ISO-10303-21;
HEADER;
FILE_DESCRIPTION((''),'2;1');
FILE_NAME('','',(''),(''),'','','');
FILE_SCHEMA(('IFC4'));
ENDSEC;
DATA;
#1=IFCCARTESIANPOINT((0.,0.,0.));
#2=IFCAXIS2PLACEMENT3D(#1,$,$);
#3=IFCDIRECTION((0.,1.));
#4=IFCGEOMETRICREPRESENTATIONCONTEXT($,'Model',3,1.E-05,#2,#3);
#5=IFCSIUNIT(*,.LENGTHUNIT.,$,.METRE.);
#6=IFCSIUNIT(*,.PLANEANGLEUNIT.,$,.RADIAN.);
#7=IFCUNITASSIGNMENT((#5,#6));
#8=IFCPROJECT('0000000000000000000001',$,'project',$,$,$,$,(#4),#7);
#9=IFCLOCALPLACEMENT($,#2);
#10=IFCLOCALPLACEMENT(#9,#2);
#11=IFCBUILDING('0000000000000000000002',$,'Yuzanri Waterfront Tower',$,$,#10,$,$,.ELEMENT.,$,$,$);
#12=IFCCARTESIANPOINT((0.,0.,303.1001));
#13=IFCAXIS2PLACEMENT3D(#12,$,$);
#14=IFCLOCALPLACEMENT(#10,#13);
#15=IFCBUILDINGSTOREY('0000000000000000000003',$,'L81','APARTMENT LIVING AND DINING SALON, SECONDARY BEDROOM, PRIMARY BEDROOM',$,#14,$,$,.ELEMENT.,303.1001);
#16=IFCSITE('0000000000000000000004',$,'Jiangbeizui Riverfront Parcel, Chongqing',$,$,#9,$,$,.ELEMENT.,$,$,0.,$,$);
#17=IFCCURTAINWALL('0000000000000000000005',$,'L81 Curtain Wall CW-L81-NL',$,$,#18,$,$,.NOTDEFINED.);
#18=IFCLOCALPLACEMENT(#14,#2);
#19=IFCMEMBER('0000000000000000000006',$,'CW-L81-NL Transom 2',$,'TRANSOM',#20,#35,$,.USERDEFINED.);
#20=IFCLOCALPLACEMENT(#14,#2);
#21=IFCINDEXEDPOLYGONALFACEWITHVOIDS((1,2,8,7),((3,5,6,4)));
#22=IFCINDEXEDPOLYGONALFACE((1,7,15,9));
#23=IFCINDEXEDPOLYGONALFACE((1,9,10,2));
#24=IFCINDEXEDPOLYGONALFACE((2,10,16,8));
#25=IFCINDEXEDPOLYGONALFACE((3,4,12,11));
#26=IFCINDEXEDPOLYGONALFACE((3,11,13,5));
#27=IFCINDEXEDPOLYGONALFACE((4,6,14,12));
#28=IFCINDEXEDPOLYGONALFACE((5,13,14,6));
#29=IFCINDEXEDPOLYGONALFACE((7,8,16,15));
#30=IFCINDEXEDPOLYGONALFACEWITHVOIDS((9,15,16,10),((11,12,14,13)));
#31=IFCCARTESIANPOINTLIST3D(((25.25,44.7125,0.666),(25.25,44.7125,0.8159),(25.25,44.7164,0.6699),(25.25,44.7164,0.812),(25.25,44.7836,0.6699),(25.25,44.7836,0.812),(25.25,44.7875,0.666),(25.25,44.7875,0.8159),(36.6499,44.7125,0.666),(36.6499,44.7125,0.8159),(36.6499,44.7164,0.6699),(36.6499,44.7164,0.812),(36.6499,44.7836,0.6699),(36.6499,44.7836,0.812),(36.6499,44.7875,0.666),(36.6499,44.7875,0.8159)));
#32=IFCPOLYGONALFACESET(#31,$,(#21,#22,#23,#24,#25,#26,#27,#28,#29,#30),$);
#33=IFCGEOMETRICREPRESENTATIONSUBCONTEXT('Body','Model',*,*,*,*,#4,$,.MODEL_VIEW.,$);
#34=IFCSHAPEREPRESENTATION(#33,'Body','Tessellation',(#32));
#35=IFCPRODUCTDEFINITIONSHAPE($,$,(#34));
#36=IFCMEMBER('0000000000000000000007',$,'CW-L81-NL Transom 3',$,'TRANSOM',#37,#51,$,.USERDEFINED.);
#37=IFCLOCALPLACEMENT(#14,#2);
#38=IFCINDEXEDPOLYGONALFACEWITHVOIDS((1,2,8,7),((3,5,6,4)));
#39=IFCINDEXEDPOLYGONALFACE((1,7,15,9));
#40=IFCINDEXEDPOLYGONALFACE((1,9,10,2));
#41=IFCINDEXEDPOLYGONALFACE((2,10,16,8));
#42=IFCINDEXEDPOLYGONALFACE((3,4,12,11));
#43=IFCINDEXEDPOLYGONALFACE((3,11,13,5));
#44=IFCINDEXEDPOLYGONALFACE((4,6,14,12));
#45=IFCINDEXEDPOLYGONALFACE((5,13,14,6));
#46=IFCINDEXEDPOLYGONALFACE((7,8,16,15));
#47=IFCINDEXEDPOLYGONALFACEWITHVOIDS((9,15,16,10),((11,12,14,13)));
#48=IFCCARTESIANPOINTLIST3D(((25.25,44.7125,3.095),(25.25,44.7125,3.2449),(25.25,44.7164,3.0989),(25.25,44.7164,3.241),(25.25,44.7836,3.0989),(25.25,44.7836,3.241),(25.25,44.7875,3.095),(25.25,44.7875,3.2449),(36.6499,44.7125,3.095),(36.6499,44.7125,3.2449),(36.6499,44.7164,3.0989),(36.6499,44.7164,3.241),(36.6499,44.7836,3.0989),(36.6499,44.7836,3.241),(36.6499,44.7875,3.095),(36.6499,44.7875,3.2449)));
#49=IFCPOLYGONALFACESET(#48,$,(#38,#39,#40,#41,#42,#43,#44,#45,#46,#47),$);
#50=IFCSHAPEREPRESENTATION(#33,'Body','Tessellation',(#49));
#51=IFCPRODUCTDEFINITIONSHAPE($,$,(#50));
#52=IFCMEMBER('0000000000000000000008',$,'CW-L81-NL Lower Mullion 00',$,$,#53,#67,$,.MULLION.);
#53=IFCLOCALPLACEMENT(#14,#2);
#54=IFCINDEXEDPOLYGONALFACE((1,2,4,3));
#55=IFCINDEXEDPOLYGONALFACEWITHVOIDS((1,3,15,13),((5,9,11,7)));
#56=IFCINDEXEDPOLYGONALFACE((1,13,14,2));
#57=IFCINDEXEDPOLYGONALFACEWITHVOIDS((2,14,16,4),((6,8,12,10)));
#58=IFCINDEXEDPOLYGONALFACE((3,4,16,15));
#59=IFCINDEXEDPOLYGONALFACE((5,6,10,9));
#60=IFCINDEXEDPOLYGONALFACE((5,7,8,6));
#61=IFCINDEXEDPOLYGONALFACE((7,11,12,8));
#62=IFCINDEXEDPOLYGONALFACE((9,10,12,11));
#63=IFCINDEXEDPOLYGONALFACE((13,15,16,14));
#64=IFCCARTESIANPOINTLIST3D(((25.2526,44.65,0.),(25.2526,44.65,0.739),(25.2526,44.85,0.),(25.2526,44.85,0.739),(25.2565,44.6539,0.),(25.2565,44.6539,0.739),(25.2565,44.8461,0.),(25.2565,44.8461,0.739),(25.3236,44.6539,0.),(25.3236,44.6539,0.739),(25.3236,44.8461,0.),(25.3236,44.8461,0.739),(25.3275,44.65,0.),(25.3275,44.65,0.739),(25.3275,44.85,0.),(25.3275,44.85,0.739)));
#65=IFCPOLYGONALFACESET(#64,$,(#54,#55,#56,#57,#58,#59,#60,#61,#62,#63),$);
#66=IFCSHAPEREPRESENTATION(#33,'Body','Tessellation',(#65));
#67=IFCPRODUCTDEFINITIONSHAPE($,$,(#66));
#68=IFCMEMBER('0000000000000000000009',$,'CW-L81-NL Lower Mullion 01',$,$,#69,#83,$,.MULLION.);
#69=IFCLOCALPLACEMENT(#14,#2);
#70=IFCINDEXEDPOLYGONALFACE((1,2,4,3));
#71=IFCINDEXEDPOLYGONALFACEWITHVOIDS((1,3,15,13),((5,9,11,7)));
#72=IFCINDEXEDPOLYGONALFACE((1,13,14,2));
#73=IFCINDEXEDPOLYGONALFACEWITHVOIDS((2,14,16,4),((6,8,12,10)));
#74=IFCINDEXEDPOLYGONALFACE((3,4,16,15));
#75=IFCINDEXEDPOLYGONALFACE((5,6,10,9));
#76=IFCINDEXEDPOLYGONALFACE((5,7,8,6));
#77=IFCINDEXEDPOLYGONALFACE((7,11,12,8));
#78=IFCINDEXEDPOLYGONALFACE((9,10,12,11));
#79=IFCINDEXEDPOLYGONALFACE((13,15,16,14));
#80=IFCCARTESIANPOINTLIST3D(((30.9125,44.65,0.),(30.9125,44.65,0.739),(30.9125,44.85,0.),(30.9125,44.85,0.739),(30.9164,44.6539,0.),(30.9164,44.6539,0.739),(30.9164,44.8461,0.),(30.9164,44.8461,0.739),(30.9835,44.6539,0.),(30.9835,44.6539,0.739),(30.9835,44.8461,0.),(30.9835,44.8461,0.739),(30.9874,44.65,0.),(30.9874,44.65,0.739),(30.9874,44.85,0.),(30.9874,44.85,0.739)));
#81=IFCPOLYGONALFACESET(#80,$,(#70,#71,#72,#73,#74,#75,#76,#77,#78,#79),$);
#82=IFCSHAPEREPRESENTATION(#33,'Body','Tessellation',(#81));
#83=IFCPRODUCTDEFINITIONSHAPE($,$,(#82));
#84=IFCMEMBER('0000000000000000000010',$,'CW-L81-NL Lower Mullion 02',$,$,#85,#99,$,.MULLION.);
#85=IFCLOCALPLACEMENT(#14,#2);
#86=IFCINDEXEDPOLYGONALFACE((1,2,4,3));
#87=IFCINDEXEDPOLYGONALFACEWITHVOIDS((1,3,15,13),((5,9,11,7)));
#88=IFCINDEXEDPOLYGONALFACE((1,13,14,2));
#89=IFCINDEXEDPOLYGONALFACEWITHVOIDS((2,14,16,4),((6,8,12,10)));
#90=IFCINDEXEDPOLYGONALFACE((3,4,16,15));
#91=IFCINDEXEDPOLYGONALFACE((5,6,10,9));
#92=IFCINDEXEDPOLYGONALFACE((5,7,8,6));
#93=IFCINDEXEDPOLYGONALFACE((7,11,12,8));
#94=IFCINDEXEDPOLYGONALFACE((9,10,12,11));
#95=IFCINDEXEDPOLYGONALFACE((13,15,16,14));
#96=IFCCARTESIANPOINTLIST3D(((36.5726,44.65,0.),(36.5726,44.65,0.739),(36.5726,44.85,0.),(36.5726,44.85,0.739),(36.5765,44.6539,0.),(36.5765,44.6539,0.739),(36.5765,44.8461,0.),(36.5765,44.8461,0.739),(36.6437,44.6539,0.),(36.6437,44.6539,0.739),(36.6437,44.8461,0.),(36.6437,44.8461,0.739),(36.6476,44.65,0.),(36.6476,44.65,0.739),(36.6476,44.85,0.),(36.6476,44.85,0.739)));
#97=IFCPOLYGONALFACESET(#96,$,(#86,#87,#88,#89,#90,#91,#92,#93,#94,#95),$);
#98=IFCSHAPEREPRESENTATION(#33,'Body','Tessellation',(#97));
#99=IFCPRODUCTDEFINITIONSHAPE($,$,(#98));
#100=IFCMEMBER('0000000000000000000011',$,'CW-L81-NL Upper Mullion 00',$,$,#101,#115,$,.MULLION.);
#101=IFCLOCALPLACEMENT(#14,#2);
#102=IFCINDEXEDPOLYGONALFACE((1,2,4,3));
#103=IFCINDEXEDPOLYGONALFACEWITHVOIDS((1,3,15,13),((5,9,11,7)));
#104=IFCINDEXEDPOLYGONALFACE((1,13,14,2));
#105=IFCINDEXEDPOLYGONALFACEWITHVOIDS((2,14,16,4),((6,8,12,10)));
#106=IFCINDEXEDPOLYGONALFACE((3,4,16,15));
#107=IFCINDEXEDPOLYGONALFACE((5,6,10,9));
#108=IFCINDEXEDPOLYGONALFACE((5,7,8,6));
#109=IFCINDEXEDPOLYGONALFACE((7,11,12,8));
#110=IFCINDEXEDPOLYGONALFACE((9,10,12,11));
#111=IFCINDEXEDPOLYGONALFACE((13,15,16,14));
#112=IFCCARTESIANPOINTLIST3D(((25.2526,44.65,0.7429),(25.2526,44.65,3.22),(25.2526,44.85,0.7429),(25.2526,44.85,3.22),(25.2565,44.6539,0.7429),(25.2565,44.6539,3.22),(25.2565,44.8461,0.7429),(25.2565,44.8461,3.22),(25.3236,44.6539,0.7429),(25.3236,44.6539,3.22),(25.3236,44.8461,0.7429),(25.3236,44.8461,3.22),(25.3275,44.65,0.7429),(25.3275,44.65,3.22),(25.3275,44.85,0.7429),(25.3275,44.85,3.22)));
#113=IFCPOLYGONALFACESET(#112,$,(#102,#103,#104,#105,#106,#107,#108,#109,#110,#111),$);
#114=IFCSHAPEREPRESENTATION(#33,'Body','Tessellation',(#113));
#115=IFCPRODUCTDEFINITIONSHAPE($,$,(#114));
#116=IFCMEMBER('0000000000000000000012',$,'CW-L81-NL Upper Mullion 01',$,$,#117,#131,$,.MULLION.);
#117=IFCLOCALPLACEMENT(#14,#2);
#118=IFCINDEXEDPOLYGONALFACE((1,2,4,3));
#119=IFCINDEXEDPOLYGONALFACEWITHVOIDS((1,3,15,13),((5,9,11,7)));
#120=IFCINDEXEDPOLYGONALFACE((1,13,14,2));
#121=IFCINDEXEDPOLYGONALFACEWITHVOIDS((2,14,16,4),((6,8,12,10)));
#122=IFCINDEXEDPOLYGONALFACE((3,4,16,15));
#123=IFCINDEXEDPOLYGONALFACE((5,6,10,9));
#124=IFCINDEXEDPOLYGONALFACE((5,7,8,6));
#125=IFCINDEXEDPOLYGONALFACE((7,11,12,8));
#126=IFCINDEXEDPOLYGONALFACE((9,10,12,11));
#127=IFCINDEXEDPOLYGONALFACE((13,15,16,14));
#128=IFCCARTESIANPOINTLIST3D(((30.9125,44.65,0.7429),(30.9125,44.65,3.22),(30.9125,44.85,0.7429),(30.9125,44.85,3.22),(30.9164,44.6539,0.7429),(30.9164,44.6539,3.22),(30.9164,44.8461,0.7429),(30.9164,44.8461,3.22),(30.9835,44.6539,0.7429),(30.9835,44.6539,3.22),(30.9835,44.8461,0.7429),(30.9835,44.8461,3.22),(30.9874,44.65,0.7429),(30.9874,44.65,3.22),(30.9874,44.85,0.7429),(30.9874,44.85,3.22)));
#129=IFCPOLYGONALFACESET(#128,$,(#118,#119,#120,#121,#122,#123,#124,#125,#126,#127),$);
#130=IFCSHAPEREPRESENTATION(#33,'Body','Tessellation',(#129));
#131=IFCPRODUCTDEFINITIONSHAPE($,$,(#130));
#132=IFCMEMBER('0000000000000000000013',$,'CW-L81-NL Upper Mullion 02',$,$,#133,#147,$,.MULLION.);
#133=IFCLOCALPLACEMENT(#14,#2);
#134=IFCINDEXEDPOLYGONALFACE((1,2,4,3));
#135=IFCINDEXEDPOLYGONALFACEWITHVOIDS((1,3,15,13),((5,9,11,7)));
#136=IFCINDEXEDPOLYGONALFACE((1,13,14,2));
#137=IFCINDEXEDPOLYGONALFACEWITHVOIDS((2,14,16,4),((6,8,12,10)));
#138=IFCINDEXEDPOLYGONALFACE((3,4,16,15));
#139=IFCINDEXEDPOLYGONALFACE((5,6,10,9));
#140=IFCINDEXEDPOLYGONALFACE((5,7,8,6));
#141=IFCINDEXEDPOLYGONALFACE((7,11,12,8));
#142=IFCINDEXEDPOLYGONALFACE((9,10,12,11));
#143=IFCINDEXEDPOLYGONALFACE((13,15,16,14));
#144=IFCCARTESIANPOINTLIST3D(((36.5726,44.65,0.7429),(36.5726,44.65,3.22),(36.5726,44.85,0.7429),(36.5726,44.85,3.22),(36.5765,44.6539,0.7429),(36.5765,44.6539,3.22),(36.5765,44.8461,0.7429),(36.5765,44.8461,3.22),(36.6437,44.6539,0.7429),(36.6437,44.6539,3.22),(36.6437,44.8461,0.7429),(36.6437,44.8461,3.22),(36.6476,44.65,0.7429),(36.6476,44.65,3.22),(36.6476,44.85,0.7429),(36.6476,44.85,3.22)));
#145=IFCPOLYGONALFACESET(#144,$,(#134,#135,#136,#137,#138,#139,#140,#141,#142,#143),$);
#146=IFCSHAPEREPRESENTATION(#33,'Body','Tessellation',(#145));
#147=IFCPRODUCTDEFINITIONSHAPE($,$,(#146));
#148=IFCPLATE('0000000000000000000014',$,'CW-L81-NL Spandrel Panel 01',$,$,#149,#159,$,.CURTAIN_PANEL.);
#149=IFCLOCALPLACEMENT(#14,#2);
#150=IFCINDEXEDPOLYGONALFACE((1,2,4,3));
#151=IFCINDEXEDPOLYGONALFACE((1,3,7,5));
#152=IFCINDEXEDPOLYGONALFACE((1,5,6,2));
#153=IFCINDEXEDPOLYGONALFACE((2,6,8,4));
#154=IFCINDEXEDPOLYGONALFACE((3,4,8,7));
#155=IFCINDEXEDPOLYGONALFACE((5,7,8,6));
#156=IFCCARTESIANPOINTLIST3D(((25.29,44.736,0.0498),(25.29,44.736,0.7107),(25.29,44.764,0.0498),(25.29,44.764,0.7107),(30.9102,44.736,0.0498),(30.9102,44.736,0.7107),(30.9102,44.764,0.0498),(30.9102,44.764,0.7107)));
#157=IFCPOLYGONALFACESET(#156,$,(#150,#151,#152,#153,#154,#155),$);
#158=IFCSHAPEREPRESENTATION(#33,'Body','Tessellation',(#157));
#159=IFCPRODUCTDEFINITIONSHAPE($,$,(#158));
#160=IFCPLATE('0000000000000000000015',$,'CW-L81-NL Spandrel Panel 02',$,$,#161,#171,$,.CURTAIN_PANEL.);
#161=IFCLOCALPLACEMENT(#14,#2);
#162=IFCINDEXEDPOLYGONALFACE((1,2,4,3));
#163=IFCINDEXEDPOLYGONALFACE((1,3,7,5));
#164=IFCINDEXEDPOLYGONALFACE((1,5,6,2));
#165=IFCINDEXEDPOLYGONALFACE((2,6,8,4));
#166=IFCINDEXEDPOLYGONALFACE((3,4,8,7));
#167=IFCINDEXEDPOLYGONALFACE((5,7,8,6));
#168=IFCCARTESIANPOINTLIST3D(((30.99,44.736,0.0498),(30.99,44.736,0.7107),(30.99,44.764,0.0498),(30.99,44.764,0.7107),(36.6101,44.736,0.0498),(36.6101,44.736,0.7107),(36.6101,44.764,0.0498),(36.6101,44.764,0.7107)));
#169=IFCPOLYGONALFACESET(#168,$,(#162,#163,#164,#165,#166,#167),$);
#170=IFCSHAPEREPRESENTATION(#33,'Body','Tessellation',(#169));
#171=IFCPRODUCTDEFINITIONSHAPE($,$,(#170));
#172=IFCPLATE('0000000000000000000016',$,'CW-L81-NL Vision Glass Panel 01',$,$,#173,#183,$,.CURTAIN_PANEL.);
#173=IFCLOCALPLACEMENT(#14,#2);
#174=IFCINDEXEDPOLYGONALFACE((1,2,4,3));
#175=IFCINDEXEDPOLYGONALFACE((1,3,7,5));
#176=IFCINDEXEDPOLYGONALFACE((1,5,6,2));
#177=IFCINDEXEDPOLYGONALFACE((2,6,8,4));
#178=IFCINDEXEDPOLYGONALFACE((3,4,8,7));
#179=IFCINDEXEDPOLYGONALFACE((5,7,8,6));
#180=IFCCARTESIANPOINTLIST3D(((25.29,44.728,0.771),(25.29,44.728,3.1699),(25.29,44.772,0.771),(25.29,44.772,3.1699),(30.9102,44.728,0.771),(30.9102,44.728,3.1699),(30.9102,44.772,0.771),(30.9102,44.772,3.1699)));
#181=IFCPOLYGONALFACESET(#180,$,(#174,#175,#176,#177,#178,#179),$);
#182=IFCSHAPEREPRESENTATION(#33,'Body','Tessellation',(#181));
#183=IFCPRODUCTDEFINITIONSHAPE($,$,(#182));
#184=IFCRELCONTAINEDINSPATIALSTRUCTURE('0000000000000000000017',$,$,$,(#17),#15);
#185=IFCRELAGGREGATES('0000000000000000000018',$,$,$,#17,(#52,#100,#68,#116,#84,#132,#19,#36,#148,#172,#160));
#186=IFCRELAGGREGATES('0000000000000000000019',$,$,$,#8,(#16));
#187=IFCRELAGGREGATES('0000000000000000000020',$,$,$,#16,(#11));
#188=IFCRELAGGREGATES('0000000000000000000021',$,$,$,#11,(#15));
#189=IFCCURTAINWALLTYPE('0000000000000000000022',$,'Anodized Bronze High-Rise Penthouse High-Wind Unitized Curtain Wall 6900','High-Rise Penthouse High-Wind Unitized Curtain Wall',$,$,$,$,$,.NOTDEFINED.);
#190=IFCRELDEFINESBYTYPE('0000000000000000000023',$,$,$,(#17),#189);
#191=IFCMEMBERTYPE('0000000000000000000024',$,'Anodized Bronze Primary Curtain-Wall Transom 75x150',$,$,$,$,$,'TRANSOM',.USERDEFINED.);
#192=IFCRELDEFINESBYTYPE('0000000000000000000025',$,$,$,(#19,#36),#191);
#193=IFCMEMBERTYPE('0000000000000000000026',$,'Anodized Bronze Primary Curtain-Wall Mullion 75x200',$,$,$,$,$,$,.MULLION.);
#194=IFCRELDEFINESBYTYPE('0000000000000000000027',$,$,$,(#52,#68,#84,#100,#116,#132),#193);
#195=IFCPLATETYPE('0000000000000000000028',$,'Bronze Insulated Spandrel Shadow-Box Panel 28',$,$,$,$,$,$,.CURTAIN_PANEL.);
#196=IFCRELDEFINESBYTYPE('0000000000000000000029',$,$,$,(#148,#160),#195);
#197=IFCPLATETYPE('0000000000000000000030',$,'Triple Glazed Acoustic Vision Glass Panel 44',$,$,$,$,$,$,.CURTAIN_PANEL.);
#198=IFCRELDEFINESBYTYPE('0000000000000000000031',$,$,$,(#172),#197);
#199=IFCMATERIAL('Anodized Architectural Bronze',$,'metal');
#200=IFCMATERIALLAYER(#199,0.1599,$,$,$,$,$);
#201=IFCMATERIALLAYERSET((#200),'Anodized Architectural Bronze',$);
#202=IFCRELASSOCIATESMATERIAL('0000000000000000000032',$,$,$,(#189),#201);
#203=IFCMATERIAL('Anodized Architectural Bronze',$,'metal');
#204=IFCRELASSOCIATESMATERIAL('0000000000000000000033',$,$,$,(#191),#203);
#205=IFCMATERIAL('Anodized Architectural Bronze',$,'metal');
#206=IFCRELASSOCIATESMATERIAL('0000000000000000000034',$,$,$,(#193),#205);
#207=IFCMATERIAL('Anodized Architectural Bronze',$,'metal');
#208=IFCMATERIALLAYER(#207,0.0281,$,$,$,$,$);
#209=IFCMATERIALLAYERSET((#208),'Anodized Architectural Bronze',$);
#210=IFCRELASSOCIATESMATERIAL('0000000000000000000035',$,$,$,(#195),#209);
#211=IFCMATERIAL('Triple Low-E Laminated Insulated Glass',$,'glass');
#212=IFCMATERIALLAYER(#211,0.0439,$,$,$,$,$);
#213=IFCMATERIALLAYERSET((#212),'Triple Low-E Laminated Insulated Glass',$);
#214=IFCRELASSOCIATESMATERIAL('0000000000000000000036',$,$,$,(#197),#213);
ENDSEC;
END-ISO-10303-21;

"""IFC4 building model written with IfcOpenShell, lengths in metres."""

from ifc_helpers import new_model, si_unit, direction, frame, origin, origin_2d, place, context, subcontext, project, spatial, rectangle, hollow_rectangle, extrude, source, transform, mapped, material, layer, layer_set, material_profile, profile_set, type_object, element, aggregate, save


model = new_model("IFC4")

# Units and contexts
model_context = context("Model", 3, precision=1e-05, world=origin(), true_north=direction((0.0, 1.0)))
body_context = subcontext(model_context, "Body", "Model", "MODEL_VIEW")
ifc_project = project(units=[si_unit("LENGTHUNIT", "METRE"), si_unit("PLANEANGLEUNIT", "RADIAN")], contexts=[model_context])

# Site, building, storey
site_placement = place(None, origin())
site = spatial("IfcSite", under=ifc_project, at=site_placement, Name="Jiangbeizui Riverfront Parcel, Chongqing", CompositionType="ELEMENT", RefElevation=0.0)
building_placement = place(site_placement, origin())
building = spatial("IfcBuilding", under=site, at=building_placement, Name="Yuzanri Waterfront Tower", CompositionType="ELEMENT")
storey_placement = place(building_placement, frame((0.0, 0.0, 303.1001)))
storey = spatial("IfcBuildingStorey", under=building, at=storey_placement, Name="L81", Description="APARTMENT LIVING AND DINING SALON, SECONDARY BEDROOM, PRIMARY BEDROOM", CompositionType="ELEMENT", Elevation=303.1001)

# Curtain wall, members, plates
ifc_material_1 = material(Name="Anodized Architectural Bronze", Category="metal")
ifc_layer_1 = layer(ifc_material_1, 0.1599)
ifc_layer_set_1 = layer_set([ifc_layer_1], Name="Anodized Architectural Bronze")
curtain_wall_type = type_object("IfcCurtainWallType", Name="Anodized Bronze High-Rise Penthouse High-Wind Unitized Curtain Wall 6900", Description="High-Rise Penthouse High-Wind Unitized Curtain Wall", PredefinedType="NOTDEFINED", material=ifc_layer_set_1)
curtain_wall_placement = place(storey_placement, origin())
curtain_wall = element("IfcCurtainWall", 1, at=curtain_wall_placement, inside=storey, type_object=curtain_wall_type, Name="L81 Curtain Wall CW-L81-NL", PredefinedType="NOTDEFINED")
ifc_material_2 = material(Name="Anodized Architectural Bronze", Category="metal")
ifc_material_profile_1 = material_profile(ifc_material_2, hollow_rectangle(XDim=0.075, YDim=0.1499, WallThickness=0.0039, at=origin_2d()), Name="CWT 75x150")
ifc_profile_set_1 = profile_set([ifc_material_profile_1], Name="Anodized Architectural Bronze")
member_type_1 = type_object("IfcMemberType", Name="Anodized Bronze Primary Curtain-Wall Transom 75x150", ElementType="TRANSOM", PredefinedType="USERDEFINED", material=ifc_profile_set_1)
shared_shape_1 = source(origin(), body_context, "Body", "SweptSolid", [
    extrude(hollow_rectangle(XDim=0.075, YDim=0.1499, WallThickness=0.0039, at=origin_2d()), origin(), (0.0, 0.0, 1.0), 11.3999),
])
member_1_placement = place(storey_placement, frame((25.25, 44.75, 0.741), z_axis=(1.0, 0.0, 0.0), x_axis=(0.0, 1.0, 0.0)))
member_1 = element("IfcMember", 2, at=member_1_placement, type_object=member_type_1, Name="CW-L81-NL Transom 2", ObjectType="TRANSOM", PredefinedType="USERDEFINED", context=body_context, shape_type="MappedRepresentation", body=[
    mapped(shared_shape_1, transform((0.0, 0.0, 0.0), scale=1.0)),
])
member_2_placement = place(storey_placement, frame((25.25, 44.75, 3.1699), z_axis=(1.0, 0.0, 0.0), x_axis=(0.0, 1.0, 0.0)))
member_2 = element("IfcMember", 3, at=member_2_placement, type_object=member_type_1, Name="CW-L81-NL Transom 3", ObjectType="TRANSOM", PredefinedType="USERDEFINED", context=body_context, shape_type="MappedRepresentation", body=[
    mapped(shared_shape_1, transform((0.0, 0.0, 0.0), scale=1.0)),
])
ifc_material_3 = material(Name="Anodized Architectural Bronze", Category="metal")
ifc_material_profile_2 = material_profile(ifc_material_3, hollow_rectangle(XDim=0.075, YDim=0.2, WallThickness=0.0039, at=origin_2d()), Name="CWM 75x200")
ifc_profile_set_2 = profile_set([ifc_material_profile_2], Name="Anodized Architectural Bronze")
member_type_2 = type_object("IfcMemberType", Name="Anodized Bronze Primary Curtain-Wall Mullion 75x200", PredefinedType="MULLION", material=ifc_profile_set_2)
shared_shape_2 = source(origin(), body_context, "Body", "SweptSolid", [
    extrude(hollow_rectangle(XDim=0.075, YDim=0.2, WallThickness=0.0039, at=origin_2d()), origin(), (0.0, 0.0, 1.0), 0.739),
])
member_3_placement = place(storey_placement, frame((25.29, 44.75, 0.0), z_axis=(0.0, 0.0, 1.0), x_axis=(1.0, 0.0, 0.0)))
member_3 = element("IfcMember", 4, at=member_3_placement, type_object=member_type_2, Name="CW-L81-NL Lower Mullion 00", PredefinedType="MULLION", context=body_context, shape_type="MappedRepresentation", body=[
    mapped(shared_shape_2, transform((0.0, 0.0, 0.0), scale=1.0)),
])
member_4_placement = place(storey_placement, frame((30.95, 44.75, 0.0), z_axis=(0.0, 0.0, 1.0), x_axis=(1.0, 0.0, 0.0)))
member_4 = element("IfcMember", 5, at=member_4_placement, type_object=member_type_2, Name="CW-L81-NL Lower Mullion 01", PredefinedType="MULLION", context=body_context, shape_type="MappedRepresentation", body=[
    mapped(shared_shape_2, transform((0.0, 0.0, 0.0), scale=1.0)),
])
member_5_placement = place(storey_placement, frame((36.6101, 44.75, 0.0), z_axis=(0.0, 0.0, 1.0), x_axis=(1.0, 0.0, 0.0)))
member_5 = element("IfcMember", 6, at=member_5_placement, type_object=member_type_2, Name="CW-L81-NL Lower Mullion 02", PredefinedType="MULLION", context=body_context, shape_type="MappedRepresentation", body=[
    mapped(shared_shape_2, transform((0.0, 0.0, 0.0), scale=1.0)),
])
shared_shape_3 = source(origin(), body_context, "Body", "SweptSolid", [
    extrude(hollow_rectangle(XDim=0.075, YDim=0.2, WallThickness=0.0039, at=origin_2d()), origin(), (0.0, 0.0, 1.0), 2.4771),
])
member_6_placement = place(storey_placement, frame((25.29, 44.75, 0.7429), z_axis=(0.0, 0.0, 1.0), x_axis=(1.0, 0.0, 0.0)))
member_6 = element("IfcMember", 7, at=member_6_placement, type_object=member_type_2, Name="CW-L81-NL Upper Mullion 00", PredefinedType="MULLION", context=body_context, shape_type="MappedRepresentation", body=[
    mapped(shared_shape_3, transform((0.0, 0.0, 0.0), scale=1.0)),
])
member_7_placement = place(storey_placement, frame((30.95, 44.75, 0.7429), z_axis=(0.0, 0.0, 1.0), x_axis=(1.0, 0.0, 0.0)))
member_7 = element("IfcMember", 8, at=member_7_placement, type_object=member_type_2, Name="CW-L81-NL Upper Mullion 01", PredefinedType="MULLION", context=body_context, shape_type="MappedRepresentation", body=[
    mapped(shared_shape_3, transform((0.0, 0.0, 0.0), scale=1.0)),
])
member_8_placement = place(storey_placement, frame((36.6101, 44.75, 0.7429), z_axis=(0.0, 0.0, 1.0), x_axis=(1.0, 0.0, 0.0)))
member_8 = element("IfcMember", 9, at=member_8_placement, type_object=member_type_2, Name="CW-L81-NL Upper Mullion 02", PredefinedType="MULLION", context=body_context, shape_type="MappedRepresentation", body=[
    mapped(shared_shape_3, transform((0.0, 0.0, 0.0), scale=1.0)),
])
ifc_material_4 = material(Name="Anodized Architectural Bronze", Category="metal")
ifc_layer_2 = layer(ifc_material_4, 0.0281)
ifc_layer_set_2 = layer_set([ifc_layer_2], Name="Anodized Architectural Bronze")
plate_type_1 = type_object("IfcPlateType", Name="Bronze Insulated Spandrel Shadow-Box Panel 28", PredefinedType="CURTAIN_PANEL", material=ifc_layer_set_2)
shared_shape_4 = source(origin(), body_context, "Body", "SweptSolid", [
    extrude(rectangle(XDim=5.6201, YDim=0.0281, at=origin_2d()), origin(), (0.0, 0.0, 1.0), 0.6609),
])
plate_1_placement = place(storey_placement, frame((28.1001, 44.75, 0.0498), z_axis=(0.0, 0.0, 1.0), x_axis=(1.0, 0.0, 0.0)))
plate_1 = element("IfcPlate", 10, at=plate_1_placement, type_object=plate_type_1, Name="CW-L81-NL Spandrel Panel 01", PredefinedType="CURTAIN_PANEL", context=body_context, shape_type="MappedRepresentation", body=[
    mapped(shared_shape_4, transform((0.0, 0.0, 0.0), scale=1.0)),
])
plate_2_placement = place(storey_placement, frame((33.8, 44.75, 0.0498), z_axis=(0.0, 0.0, 1.0), x_axis=(1.0, 0.0, 0.0)))
plate_2 = element("IfcPlate", 11, at=plate_2_placement, type_object=plate_type_1, Name="CW-L81-NL Spandrel Panel 02", PredefinedType="CURTAIN_PANEL", context=body_context, shape_type="MappedRepresentation", body=[
    mapped(shared_shape_4, transform((0.0, 0.0, 0.0), scale=1.0)),
])
ifc_material_5 = material(Name="Triple Low-E Laminated Insulated Glass", Category="glass")
ifc_layer_3 = layer(ifc_material_5, 0.0439)
ifc_layer_set_3 = layer_set([ifc_layer_3], Name="Triple Low-E Laminated Insulated Glass")
plate_type_2 = type_object("IfcPlateType", Name="Triple Glazed Acoustic Vision Glass Panel 44", PredefinedType="CURTAIN_PANEL", material=ifc_layer_set_3)
shared_shape_5 = source(origin(), body_context, "Body", "SweptSolid", [
    extrude(rectangle(XDim=5.6201, YDim=0.0439, at=origin_2d()), origin(), (0.0, 0.0, 1.0), 2.3989),
])
plate_3_placement = place(storey_placement, frame((28.1001, 44.75, 0.771), z_axis=(0.0, 0.0, 1.0), x_axis=(1.0, 0.0, 0.0)))
plate_3 = element("IfcPlate", 12, at=plate_3_placement, type_object=plate_type_2, Name="CW-L81-NL Vision Glass Panel 01", PredefinedType="CURTAIN_PANEL", context=body_context, shape_type="MappedRepresentation", body=[
    mapped(shared_shape_5, transform((0.0, 0.0, 0.0), scale=1.0)),
])
aggregate(curtain_wall, [member_3, member_6, member_4, member_7, member_5, member_8, member_1, member_2, plate_1, plate_3, plate_2])

save(model, "model.ifc")
